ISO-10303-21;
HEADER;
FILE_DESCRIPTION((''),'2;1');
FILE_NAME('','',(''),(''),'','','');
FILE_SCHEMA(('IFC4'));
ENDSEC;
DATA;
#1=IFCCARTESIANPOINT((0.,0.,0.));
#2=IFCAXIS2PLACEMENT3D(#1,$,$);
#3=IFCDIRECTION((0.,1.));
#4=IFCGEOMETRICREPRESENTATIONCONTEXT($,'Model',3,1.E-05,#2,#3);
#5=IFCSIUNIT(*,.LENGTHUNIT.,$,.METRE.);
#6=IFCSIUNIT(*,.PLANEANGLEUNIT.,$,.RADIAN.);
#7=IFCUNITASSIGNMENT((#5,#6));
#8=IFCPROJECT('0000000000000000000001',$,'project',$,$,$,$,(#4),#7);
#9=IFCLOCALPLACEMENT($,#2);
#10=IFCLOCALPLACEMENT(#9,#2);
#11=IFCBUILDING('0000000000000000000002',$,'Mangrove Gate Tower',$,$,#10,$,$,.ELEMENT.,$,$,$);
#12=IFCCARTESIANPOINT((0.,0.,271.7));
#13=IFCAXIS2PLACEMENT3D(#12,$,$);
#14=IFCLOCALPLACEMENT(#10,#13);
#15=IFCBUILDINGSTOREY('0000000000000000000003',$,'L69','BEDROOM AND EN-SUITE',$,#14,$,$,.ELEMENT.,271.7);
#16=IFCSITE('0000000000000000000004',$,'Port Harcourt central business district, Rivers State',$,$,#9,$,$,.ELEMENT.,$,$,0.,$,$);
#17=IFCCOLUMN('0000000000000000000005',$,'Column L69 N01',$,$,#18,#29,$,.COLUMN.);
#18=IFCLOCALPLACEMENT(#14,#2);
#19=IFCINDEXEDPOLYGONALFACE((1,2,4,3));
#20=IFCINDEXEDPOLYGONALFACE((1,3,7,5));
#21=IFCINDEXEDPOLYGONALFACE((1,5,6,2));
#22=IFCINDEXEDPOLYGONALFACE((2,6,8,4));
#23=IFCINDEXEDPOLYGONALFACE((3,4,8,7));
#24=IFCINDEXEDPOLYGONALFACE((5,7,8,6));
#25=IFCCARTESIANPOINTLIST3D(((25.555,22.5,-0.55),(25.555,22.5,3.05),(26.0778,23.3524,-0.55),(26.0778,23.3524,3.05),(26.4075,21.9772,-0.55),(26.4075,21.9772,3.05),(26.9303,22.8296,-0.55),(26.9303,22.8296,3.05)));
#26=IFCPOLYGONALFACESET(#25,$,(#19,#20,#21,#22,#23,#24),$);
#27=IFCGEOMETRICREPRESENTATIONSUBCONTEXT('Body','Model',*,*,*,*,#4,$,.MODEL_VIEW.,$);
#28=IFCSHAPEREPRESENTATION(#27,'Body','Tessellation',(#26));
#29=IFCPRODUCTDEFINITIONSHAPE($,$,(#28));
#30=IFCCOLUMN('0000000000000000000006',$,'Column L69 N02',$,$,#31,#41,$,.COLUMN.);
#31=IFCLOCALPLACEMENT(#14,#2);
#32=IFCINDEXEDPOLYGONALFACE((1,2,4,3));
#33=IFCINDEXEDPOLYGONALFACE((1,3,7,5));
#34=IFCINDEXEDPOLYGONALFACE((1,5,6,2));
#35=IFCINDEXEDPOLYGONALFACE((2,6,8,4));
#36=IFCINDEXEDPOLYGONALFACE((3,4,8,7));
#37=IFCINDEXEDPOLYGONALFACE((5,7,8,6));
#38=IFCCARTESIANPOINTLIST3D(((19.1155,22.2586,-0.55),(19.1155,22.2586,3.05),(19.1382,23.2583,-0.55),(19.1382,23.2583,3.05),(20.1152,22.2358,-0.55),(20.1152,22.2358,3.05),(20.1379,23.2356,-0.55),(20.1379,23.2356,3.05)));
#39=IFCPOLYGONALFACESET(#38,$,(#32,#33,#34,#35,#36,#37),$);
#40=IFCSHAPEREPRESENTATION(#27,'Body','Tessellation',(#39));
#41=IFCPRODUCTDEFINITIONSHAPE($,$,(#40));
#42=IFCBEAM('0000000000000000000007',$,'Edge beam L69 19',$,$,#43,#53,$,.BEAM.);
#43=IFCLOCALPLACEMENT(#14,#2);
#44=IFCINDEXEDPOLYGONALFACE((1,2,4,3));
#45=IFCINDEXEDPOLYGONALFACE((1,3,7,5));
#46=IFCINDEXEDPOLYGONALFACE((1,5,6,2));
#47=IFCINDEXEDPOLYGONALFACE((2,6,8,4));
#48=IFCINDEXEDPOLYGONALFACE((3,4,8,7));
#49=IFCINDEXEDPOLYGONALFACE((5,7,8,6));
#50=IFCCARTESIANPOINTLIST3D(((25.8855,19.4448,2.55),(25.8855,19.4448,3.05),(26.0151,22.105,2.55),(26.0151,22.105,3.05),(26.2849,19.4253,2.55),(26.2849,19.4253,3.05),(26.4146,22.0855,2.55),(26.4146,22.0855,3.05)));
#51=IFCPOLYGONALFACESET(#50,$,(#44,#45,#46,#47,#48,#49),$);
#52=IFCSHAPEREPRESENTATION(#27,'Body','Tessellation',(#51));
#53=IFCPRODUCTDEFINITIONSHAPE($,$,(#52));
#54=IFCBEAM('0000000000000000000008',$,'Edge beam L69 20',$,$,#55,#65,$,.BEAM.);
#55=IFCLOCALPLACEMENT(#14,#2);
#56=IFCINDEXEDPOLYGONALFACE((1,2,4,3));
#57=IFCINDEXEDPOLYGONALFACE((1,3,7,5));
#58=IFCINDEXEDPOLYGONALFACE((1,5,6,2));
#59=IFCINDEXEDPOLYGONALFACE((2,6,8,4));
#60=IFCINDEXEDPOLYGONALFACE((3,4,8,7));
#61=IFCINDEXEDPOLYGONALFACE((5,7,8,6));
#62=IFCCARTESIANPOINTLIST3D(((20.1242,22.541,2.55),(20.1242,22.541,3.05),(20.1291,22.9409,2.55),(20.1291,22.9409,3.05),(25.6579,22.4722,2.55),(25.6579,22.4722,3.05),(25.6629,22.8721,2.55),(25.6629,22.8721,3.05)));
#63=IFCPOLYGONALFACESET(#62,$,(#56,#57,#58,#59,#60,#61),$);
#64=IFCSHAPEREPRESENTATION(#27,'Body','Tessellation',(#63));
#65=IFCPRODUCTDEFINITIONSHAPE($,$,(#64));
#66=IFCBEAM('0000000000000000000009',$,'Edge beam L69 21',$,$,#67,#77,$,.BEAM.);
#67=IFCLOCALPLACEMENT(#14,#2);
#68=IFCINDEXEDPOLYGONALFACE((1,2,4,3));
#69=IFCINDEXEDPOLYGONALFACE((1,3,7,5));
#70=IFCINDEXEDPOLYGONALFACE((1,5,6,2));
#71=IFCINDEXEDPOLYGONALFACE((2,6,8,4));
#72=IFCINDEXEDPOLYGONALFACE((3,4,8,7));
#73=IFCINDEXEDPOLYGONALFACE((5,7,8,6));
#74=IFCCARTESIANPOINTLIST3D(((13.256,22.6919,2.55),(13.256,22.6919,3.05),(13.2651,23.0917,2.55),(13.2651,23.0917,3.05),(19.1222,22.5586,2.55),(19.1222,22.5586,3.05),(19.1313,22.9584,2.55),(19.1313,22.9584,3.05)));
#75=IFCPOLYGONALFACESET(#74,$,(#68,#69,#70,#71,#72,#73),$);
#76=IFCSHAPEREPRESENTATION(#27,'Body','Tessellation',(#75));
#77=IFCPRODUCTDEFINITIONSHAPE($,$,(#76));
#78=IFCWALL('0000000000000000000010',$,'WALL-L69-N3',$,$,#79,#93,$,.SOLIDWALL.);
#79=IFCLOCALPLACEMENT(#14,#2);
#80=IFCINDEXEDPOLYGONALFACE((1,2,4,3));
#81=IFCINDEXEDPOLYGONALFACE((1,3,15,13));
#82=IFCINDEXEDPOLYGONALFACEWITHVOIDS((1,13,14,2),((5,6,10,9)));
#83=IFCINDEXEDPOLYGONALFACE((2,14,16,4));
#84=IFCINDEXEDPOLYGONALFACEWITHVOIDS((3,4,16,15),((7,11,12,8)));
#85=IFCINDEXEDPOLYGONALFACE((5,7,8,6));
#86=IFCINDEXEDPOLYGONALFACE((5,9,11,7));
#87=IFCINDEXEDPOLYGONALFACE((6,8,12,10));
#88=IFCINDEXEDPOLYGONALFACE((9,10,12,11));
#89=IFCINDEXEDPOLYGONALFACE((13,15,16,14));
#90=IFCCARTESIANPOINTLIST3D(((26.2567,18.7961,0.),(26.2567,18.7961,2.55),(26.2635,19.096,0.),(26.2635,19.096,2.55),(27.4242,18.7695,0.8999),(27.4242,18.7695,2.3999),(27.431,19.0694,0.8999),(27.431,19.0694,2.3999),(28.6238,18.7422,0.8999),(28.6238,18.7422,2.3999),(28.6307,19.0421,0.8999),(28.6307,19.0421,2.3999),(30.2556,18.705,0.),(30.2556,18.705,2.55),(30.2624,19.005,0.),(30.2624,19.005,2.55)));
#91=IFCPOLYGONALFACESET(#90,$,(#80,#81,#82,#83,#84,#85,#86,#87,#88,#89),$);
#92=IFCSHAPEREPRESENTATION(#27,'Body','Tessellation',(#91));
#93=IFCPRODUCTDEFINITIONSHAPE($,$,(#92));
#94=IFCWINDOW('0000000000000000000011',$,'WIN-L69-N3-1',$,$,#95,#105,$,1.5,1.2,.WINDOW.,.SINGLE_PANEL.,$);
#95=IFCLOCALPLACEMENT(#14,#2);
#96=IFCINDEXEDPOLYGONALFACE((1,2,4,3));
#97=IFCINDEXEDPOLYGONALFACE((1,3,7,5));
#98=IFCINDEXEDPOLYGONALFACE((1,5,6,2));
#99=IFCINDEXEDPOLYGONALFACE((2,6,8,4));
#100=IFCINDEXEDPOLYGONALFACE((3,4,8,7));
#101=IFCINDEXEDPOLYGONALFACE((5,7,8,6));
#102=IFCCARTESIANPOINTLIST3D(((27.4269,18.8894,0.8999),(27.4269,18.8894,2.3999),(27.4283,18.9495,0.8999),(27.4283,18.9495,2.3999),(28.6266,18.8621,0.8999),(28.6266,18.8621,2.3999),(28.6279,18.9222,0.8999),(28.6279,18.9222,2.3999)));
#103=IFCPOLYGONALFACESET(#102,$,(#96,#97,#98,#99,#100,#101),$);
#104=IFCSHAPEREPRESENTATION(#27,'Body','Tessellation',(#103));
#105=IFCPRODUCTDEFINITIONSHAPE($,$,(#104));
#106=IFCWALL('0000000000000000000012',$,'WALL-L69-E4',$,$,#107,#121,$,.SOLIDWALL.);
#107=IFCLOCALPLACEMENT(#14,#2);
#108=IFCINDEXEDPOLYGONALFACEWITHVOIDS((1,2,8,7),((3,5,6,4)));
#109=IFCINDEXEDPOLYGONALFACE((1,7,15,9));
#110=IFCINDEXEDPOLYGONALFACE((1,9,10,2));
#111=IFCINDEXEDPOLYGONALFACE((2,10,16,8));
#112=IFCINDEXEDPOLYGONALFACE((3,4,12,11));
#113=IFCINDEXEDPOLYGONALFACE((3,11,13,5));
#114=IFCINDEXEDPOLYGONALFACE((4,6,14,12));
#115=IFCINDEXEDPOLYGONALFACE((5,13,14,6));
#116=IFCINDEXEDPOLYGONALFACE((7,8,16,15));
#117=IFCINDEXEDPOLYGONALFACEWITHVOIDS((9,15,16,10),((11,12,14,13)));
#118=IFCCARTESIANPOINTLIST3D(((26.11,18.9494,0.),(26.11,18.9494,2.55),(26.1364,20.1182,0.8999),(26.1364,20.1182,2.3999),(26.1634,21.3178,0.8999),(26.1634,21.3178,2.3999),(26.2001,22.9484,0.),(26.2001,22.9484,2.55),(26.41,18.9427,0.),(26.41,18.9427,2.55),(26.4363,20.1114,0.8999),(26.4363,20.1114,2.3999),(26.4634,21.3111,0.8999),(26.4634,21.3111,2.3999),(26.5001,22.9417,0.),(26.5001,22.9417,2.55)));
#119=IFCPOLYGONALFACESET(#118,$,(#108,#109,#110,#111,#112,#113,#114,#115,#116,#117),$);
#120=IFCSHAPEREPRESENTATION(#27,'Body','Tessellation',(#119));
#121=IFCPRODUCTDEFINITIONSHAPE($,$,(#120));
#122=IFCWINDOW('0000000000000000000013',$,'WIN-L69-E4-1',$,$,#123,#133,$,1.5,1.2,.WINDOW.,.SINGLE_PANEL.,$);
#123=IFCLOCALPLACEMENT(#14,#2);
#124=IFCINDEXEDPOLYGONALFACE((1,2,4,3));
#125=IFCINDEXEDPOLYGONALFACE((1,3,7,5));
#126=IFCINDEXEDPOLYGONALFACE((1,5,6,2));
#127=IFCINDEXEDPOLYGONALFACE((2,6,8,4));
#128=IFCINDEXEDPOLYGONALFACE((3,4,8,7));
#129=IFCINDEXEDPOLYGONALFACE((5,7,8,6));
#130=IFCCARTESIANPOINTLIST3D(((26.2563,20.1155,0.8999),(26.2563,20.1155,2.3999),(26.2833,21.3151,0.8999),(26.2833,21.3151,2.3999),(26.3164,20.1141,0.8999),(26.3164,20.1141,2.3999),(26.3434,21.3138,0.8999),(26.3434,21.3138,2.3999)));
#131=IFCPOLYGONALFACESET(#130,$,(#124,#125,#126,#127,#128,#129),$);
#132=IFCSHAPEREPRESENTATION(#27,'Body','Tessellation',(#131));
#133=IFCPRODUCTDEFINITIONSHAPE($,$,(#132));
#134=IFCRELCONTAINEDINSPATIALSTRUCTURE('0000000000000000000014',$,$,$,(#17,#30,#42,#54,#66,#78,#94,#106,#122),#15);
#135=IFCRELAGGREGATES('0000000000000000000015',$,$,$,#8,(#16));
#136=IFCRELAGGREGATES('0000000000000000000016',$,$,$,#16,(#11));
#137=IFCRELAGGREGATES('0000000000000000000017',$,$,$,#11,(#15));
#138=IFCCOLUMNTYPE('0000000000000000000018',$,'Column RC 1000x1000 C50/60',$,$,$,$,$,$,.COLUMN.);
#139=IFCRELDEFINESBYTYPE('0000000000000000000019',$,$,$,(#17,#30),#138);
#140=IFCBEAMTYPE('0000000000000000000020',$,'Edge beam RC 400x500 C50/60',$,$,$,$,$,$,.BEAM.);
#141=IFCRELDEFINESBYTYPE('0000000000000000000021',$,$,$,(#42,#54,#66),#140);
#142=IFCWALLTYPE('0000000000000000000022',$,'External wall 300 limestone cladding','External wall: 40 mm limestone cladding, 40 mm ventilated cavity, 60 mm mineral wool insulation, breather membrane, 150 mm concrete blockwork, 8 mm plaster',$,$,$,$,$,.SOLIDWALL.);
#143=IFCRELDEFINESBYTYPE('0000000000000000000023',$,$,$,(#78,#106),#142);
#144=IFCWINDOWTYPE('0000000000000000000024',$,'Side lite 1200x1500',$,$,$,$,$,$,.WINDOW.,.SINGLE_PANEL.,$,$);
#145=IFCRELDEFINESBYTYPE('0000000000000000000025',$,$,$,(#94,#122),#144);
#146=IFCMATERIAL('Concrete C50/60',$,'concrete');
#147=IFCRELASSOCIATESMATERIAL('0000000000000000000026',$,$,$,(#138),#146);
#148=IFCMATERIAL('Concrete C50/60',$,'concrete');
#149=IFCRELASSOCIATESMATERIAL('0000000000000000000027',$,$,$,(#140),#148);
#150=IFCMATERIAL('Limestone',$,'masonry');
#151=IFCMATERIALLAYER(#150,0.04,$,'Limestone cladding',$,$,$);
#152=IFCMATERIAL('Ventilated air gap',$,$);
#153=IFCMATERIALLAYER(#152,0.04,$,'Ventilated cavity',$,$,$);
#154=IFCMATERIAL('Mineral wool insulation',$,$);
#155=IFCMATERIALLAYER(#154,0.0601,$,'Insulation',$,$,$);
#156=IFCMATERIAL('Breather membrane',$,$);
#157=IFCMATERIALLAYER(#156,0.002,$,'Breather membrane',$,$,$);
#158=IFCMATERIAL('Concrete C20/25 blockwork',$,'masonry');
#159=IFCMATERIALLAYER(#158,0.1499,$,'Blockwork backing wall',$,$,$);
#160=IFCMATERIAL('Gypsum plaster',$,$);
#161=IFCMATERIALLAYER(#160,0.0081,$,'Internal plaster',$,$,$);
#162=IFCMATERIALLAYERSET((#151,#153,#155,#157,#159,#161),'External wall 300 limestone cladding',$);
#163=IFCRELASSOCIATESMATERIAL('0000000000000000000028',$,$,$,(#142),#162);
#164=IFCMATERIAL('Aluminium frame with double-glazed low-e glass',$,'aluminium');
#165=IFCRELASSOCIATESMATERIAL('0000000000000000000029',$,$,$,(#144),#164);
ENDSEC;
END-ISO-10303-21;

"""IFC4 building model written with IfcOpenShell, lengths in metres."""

from ifc_helpers import new_model, si_unit, direction, frame, frame_2d, origin, origin_2d, place, context, subcontext, project, spatial, rectangle, extrude, material, layer, layer_set, material_profile, profile_set, type_object, element, fill, save


model = new_model("IFC4")

# Units and contexts
model_context = context("Model", 3, precision=1e-05, world=origin(), true_north=direction((0.0, 1.0)))
body_context = subcontext(model_context, "Body", "Model", "MODEL_VIEW")
ifc_project = project(units=[si_unit("LENGTHUNIT", "METRE"), si_unit("PLANEANGLEUNIT", "RADIAN")], contexts=[model_context])

# Site, building, storey
site_placement = place(None, origin())
site = spatial("IfcSite", under=ifc_project, at=site_placement, Name="Port Harcourt central business district, Rivers State", CompositionType="ELEMENT", RefElevation=0.0)
building_placement = place(site_placement, origin())
building = spatial("IfcBuilding", under=site, at=building_placement, Name="Mangrove Gate Tower", CompositionType="ELEMENT")
storey_placement = place(building_placement, frame((0.0, 0.0, 271.7)))
storey = spatial("IfcBuildingStorey", under=building, at=storey_placement, Name="L69", Description="BEDROOM AND EN-SUITE", CompositionType="ELEMENT", Elevation=271.7)

# Columns
ifc_material_1 = material(Name="Concrete C50/60", Category="concrete")
ifc_material_profile_1 = material_profile(ifc_material_1, rectangle(XDim=1.0, YDim=1.0, at=origin_2d()))
ifc_profile_set_1 = profile_set([ifc_material_profile_1], Name="Concrete C50/60")
column_type = type_object("IfcColumnType", Name="Column RC 1000x1000 C50/60", PredefinedType="COLUMN", material=ifc_profile_set_1)
for number, where, z_axis, x_axis, name in (
    (1, (26.2427, 22.6648, -0.55), (0.0, 0.0, 1.0), (-0.852457, 0.522798, 0.0), "Column L69 N01"),
    (2, (19.6267, 22.7471, -0.55), (0.0, 0.0, 1.0), (-0.999742, 0.022715, 0.0), "Column L69 N02"),
):
    element("IfcColumn", number, at=place(storey_placement, frame(where, z_axis=z_axis, x_axis=x_axis)), inside=storey, type_object=column_type, Name=name, PredefinedType="COLUMN", context=body_context, shape_type="SweptSolid", body=[
        extrude(rectangle(XDim=1.0, YDim=1.0, at=origin_2d()), origin(), (0.0, 0.0, 1.0), 3.6001),
    ])

# Beams
ifc_material_2 = material(Name="Concrete C50/60", Category="concrete")
ifc_material_profile_2 = material_profile(ifc_material_2, rectangle(XDim=0.3999, YDim=0.5, at=origin_2d()))
ifc_profile_set_2 = profile_set([ifc_material_profile_2], Name="Concrete C50/60")
beam_type = type_object("IfcBeamType", Name="Edge beam RC 400x500 C50/60", PredefinedType="BEAM", material=ifc_profile_set_2)
beam_1_placement = place(storey_placement, frame((26.0852, 19.4351, 2.8), z_axis=(0.048676, 0.998815, 0.0), x_axis=(-0.998815, 0.048676, 0.0)))
element("IfcBeam", 3, at=beam_1_placement, inside=storey, type_object=beam_type, Name="Edge beam L69 19", PredefinedType="BEAM", context=body_context, shape_type="SweptSolid", body=[
    extrude(rectangle(XDim=0.3999, YDim=0.5, at=origin_2d()), origin(), (0.0, 0.0, 1.0), 2.6633),
])
beam_2_placement = place(storey_placement, frame((25.6604, 22.6721, 2.8), z_axis=(-0.999923, 0.012441, 0.0), x_axis=(-0.012441, -0.999923, 0.0)))
element("IfcBeam", 4, at=beam_2_placement, inside=storey, type_object=beam_type, Name="Edge beam L69 20", PredefinedType="BEAM", context=body_context, shape_type="SweptSolid", body=[
    extrude(rectangle(XDim=0.3999, YDim=0.5, at=origin_2d()), origin(), (0.0, 0.0, 1.0), 5.5342),
])
beam_3_placement = place(storey_placement, frame((19.1267, 22.7585, 2.8), z_axis=(-0.999742, 0.022718, 0.0), x_axis=(-0.022718, -0.999742, 0.0)))
element("IfcBeam", 5, at=beam_3_placement, inside=storey, type_object=beam_type, Name="Edge beam L69 21", PredefinedType="BEAM", context=body_context, shape_type="SweptSolid", body=[
    extrude(rectangle(XDim=0.3999, YDim=0.5, at=origin_2d()), origin(), (0.0, 0.0, 1.0), 5.8677),
])

# Walls, openings, windows
ifc_material_3 = material(Name="Limestone", Category="masonry")
ifc_layer_1 = layer(ifc_material_3, 0.04, Name="Limestone cladding")
ifc_material_4 = material(Name="Ventilated air gap")
ifc_layer_2 = layer(ifc_material_4, 0.04, Name="Ventilated cavity")
ifc_material_5 = material(Name="Mineral wool insulation")
ifc_layer_3 = layer(ifc_material_5, 0.0601, Name="Insulation")
ifc_material_6 = material(Name="Breather membrane")
ifc_layer_4 = layer(ifc_material_6, 0.002, Name="Breather membrane")
ifc_material_7 = material(Name="Concrete C20/25 blockwork", Category="masonry")
ifc_layer_5 = layer(ifc_material_7, 0.1499, Name="Blockwork backing wall")
ifc_material_8 = material(Name="Gypsum plaster")
ifc_layer_6 = layer(ifc_material_8, 0.0081, Name="Internal plaster")
ifc_layer_set = layer_set([ifc_layer_1, ifc_layer_2, ifc_layer_3, ifc_layer_4, ifc_layer_5, ifc_layer_6], Name="External wall 300 limestone cladding")
wall_type = type_object("IfcWallType", Name="External wall 300 limestone cladding", Description="External wall: 40 mm limestone cladding, 40 mm ventilated cavity, 60 mm mineral wool insulation, breather membrane, 150 mm concrete blockwork, 8 mm plaster", PredefinedType="SOLIDWALL", material=ifc_layer_set)
wall_1_placement = place(storey_placement, frame((30.259, 18.855, 0.0), z_axis=(0.0, 0.0, 1.0), x_axis=(-0.999741, 0.022766, 0.0)))
wall_1 = element("IfcWall", 6, at=wall_1_placement, inside=storey, type_object=wall_type, Name="WALL-L69-N3", PredefinedType="SOLIDWALL", context=body_context, shape_type="SweptSolid", body=[
    extrude(rectangle(XDim=4.0, YDim=0.3, at=frame_2d((2.0, 0.0))), origin(), (0.0, 0.0, 1.0), 2.55),
])
opening_1_placement = place(wall_1_placement, frame((1.6321, 0.0, 0.8999)))
opening_1 = element("IfcOpeningElement", 7, at=opening_1_placement, cuts=wall_1, PredefinedType="OPENING", context=body_context, shape_type="SweptSolid", body=[
    extrude(rectangle(XDim=1.2, YDim=1.5, at=frame_2d((0.6001, 0.75))), frame((0.0, 0.1599, 0.0), z_axis=(0.0, -1.0, 0.0), x_axis=(1.0, 0.0, 0.0)), (0.0, 0.0, 1.0), 0.3201),
])
ifc_material_9 = material(Name="Aluminium frame with double-glazed low-e glass", Category="aluminium")
window_type_1 = type_object("IfcWindowType", Name="Side lite 1200x1500", PartitioningType="SINGLE_PANEL", PredefinedType="WINDOW", material=ifc_material_9)
window_1_placement = place(opening_1_placement, origin())
window_1 = element("IfcWindow", 8, at=window_1_placement, inside=storey, type_object=window_type_1, Name="WIN-L69-N3-1", OverallHeight=1.5, OverallWidth=1.2, PartitioningType="SINGLE_PANEL", PredefinedType="WINDOW", context=body_context, shape_type="SweptSolid", body=[
    extrude(rectangle(XDim=1.2, YDim=1.5, at=frame_2d((0.6001, 0.75))), frame((0.0, 0.03, 0.0), z_axis=(0.0, -1.0, 0.0), x_axis=(1.0, 0.0, 0.0)), (0.0, 0.0, 1.0), 0.0601),
])
fill(opening_1, window_1)
wall_2_placement = place(storey_placement, frame((26.26, 18.946, 0.0), z_axis=(0.0, 0.0, 1.0), x_axis=(0.022522, 0.999746, 0.0)))
wall_2 = element("IfcWall", 9, at=wall_2_placement, inside=storey, type_object=wall_type, Name="WALL-L69-E4", PredefinedType="SOLIDWALL", context=body_context, shape_type="SweptSolid", body=[
    extrude(rectangle(XDim=4.0, YDim=0.3, at=frame_2d((2.0, 0.0))), origin(), (0.0, 0.0, 1.0), 2.55),
])
opening_2_placement = place(wall_2_placement, frame((1.1689, 0.0, 0.8999)))
opening_2 = element("IfcOpeningElement", 10, at=opening_2_placement, cuts=wall_2, PredefinedType="OPENING", context=body_context, shape_type="SweptSolid", body=[
    extrude(rectangle(XDim=1.2, YDim=1.5, at=frame_2d((0.6001, 0.75))), frame((0.0, 0.1599, 0.0), z_axis=(0.0, -1.0, 0.0), x_axis=(1.0, 0.0, 0.0)), (0.0, 0.0, 1.0), 0.3201),
])
window_2_placement = place(opening_2_placement, origin())
window_2 = element("IfcWindow", 11, at=window_2_placement, inside=storey, type_object=window_type_1, Name="WIN-L69-E4-1", OverallHeight=1.5, OverallWidth=1.2, PartitioningType="SINGLE_PANEL", PredefinedType="WINDOW", context=body_context, shape_type="SweptSolid", body=[
    extrude(rectangle(XDim=1.2, YDim=1.5, at=frame_2d((0.6001, 0.75))), frame((0.0, 0.03, 0.0), z_axis=(0.0, -1.0, 0.0), x_axis=(1.0, 0.0, 0.0)), (0.0, 0.0, 1.0), 0.0601),
])
fill(opening_2, window_2)

save(model, "model.ifc")
